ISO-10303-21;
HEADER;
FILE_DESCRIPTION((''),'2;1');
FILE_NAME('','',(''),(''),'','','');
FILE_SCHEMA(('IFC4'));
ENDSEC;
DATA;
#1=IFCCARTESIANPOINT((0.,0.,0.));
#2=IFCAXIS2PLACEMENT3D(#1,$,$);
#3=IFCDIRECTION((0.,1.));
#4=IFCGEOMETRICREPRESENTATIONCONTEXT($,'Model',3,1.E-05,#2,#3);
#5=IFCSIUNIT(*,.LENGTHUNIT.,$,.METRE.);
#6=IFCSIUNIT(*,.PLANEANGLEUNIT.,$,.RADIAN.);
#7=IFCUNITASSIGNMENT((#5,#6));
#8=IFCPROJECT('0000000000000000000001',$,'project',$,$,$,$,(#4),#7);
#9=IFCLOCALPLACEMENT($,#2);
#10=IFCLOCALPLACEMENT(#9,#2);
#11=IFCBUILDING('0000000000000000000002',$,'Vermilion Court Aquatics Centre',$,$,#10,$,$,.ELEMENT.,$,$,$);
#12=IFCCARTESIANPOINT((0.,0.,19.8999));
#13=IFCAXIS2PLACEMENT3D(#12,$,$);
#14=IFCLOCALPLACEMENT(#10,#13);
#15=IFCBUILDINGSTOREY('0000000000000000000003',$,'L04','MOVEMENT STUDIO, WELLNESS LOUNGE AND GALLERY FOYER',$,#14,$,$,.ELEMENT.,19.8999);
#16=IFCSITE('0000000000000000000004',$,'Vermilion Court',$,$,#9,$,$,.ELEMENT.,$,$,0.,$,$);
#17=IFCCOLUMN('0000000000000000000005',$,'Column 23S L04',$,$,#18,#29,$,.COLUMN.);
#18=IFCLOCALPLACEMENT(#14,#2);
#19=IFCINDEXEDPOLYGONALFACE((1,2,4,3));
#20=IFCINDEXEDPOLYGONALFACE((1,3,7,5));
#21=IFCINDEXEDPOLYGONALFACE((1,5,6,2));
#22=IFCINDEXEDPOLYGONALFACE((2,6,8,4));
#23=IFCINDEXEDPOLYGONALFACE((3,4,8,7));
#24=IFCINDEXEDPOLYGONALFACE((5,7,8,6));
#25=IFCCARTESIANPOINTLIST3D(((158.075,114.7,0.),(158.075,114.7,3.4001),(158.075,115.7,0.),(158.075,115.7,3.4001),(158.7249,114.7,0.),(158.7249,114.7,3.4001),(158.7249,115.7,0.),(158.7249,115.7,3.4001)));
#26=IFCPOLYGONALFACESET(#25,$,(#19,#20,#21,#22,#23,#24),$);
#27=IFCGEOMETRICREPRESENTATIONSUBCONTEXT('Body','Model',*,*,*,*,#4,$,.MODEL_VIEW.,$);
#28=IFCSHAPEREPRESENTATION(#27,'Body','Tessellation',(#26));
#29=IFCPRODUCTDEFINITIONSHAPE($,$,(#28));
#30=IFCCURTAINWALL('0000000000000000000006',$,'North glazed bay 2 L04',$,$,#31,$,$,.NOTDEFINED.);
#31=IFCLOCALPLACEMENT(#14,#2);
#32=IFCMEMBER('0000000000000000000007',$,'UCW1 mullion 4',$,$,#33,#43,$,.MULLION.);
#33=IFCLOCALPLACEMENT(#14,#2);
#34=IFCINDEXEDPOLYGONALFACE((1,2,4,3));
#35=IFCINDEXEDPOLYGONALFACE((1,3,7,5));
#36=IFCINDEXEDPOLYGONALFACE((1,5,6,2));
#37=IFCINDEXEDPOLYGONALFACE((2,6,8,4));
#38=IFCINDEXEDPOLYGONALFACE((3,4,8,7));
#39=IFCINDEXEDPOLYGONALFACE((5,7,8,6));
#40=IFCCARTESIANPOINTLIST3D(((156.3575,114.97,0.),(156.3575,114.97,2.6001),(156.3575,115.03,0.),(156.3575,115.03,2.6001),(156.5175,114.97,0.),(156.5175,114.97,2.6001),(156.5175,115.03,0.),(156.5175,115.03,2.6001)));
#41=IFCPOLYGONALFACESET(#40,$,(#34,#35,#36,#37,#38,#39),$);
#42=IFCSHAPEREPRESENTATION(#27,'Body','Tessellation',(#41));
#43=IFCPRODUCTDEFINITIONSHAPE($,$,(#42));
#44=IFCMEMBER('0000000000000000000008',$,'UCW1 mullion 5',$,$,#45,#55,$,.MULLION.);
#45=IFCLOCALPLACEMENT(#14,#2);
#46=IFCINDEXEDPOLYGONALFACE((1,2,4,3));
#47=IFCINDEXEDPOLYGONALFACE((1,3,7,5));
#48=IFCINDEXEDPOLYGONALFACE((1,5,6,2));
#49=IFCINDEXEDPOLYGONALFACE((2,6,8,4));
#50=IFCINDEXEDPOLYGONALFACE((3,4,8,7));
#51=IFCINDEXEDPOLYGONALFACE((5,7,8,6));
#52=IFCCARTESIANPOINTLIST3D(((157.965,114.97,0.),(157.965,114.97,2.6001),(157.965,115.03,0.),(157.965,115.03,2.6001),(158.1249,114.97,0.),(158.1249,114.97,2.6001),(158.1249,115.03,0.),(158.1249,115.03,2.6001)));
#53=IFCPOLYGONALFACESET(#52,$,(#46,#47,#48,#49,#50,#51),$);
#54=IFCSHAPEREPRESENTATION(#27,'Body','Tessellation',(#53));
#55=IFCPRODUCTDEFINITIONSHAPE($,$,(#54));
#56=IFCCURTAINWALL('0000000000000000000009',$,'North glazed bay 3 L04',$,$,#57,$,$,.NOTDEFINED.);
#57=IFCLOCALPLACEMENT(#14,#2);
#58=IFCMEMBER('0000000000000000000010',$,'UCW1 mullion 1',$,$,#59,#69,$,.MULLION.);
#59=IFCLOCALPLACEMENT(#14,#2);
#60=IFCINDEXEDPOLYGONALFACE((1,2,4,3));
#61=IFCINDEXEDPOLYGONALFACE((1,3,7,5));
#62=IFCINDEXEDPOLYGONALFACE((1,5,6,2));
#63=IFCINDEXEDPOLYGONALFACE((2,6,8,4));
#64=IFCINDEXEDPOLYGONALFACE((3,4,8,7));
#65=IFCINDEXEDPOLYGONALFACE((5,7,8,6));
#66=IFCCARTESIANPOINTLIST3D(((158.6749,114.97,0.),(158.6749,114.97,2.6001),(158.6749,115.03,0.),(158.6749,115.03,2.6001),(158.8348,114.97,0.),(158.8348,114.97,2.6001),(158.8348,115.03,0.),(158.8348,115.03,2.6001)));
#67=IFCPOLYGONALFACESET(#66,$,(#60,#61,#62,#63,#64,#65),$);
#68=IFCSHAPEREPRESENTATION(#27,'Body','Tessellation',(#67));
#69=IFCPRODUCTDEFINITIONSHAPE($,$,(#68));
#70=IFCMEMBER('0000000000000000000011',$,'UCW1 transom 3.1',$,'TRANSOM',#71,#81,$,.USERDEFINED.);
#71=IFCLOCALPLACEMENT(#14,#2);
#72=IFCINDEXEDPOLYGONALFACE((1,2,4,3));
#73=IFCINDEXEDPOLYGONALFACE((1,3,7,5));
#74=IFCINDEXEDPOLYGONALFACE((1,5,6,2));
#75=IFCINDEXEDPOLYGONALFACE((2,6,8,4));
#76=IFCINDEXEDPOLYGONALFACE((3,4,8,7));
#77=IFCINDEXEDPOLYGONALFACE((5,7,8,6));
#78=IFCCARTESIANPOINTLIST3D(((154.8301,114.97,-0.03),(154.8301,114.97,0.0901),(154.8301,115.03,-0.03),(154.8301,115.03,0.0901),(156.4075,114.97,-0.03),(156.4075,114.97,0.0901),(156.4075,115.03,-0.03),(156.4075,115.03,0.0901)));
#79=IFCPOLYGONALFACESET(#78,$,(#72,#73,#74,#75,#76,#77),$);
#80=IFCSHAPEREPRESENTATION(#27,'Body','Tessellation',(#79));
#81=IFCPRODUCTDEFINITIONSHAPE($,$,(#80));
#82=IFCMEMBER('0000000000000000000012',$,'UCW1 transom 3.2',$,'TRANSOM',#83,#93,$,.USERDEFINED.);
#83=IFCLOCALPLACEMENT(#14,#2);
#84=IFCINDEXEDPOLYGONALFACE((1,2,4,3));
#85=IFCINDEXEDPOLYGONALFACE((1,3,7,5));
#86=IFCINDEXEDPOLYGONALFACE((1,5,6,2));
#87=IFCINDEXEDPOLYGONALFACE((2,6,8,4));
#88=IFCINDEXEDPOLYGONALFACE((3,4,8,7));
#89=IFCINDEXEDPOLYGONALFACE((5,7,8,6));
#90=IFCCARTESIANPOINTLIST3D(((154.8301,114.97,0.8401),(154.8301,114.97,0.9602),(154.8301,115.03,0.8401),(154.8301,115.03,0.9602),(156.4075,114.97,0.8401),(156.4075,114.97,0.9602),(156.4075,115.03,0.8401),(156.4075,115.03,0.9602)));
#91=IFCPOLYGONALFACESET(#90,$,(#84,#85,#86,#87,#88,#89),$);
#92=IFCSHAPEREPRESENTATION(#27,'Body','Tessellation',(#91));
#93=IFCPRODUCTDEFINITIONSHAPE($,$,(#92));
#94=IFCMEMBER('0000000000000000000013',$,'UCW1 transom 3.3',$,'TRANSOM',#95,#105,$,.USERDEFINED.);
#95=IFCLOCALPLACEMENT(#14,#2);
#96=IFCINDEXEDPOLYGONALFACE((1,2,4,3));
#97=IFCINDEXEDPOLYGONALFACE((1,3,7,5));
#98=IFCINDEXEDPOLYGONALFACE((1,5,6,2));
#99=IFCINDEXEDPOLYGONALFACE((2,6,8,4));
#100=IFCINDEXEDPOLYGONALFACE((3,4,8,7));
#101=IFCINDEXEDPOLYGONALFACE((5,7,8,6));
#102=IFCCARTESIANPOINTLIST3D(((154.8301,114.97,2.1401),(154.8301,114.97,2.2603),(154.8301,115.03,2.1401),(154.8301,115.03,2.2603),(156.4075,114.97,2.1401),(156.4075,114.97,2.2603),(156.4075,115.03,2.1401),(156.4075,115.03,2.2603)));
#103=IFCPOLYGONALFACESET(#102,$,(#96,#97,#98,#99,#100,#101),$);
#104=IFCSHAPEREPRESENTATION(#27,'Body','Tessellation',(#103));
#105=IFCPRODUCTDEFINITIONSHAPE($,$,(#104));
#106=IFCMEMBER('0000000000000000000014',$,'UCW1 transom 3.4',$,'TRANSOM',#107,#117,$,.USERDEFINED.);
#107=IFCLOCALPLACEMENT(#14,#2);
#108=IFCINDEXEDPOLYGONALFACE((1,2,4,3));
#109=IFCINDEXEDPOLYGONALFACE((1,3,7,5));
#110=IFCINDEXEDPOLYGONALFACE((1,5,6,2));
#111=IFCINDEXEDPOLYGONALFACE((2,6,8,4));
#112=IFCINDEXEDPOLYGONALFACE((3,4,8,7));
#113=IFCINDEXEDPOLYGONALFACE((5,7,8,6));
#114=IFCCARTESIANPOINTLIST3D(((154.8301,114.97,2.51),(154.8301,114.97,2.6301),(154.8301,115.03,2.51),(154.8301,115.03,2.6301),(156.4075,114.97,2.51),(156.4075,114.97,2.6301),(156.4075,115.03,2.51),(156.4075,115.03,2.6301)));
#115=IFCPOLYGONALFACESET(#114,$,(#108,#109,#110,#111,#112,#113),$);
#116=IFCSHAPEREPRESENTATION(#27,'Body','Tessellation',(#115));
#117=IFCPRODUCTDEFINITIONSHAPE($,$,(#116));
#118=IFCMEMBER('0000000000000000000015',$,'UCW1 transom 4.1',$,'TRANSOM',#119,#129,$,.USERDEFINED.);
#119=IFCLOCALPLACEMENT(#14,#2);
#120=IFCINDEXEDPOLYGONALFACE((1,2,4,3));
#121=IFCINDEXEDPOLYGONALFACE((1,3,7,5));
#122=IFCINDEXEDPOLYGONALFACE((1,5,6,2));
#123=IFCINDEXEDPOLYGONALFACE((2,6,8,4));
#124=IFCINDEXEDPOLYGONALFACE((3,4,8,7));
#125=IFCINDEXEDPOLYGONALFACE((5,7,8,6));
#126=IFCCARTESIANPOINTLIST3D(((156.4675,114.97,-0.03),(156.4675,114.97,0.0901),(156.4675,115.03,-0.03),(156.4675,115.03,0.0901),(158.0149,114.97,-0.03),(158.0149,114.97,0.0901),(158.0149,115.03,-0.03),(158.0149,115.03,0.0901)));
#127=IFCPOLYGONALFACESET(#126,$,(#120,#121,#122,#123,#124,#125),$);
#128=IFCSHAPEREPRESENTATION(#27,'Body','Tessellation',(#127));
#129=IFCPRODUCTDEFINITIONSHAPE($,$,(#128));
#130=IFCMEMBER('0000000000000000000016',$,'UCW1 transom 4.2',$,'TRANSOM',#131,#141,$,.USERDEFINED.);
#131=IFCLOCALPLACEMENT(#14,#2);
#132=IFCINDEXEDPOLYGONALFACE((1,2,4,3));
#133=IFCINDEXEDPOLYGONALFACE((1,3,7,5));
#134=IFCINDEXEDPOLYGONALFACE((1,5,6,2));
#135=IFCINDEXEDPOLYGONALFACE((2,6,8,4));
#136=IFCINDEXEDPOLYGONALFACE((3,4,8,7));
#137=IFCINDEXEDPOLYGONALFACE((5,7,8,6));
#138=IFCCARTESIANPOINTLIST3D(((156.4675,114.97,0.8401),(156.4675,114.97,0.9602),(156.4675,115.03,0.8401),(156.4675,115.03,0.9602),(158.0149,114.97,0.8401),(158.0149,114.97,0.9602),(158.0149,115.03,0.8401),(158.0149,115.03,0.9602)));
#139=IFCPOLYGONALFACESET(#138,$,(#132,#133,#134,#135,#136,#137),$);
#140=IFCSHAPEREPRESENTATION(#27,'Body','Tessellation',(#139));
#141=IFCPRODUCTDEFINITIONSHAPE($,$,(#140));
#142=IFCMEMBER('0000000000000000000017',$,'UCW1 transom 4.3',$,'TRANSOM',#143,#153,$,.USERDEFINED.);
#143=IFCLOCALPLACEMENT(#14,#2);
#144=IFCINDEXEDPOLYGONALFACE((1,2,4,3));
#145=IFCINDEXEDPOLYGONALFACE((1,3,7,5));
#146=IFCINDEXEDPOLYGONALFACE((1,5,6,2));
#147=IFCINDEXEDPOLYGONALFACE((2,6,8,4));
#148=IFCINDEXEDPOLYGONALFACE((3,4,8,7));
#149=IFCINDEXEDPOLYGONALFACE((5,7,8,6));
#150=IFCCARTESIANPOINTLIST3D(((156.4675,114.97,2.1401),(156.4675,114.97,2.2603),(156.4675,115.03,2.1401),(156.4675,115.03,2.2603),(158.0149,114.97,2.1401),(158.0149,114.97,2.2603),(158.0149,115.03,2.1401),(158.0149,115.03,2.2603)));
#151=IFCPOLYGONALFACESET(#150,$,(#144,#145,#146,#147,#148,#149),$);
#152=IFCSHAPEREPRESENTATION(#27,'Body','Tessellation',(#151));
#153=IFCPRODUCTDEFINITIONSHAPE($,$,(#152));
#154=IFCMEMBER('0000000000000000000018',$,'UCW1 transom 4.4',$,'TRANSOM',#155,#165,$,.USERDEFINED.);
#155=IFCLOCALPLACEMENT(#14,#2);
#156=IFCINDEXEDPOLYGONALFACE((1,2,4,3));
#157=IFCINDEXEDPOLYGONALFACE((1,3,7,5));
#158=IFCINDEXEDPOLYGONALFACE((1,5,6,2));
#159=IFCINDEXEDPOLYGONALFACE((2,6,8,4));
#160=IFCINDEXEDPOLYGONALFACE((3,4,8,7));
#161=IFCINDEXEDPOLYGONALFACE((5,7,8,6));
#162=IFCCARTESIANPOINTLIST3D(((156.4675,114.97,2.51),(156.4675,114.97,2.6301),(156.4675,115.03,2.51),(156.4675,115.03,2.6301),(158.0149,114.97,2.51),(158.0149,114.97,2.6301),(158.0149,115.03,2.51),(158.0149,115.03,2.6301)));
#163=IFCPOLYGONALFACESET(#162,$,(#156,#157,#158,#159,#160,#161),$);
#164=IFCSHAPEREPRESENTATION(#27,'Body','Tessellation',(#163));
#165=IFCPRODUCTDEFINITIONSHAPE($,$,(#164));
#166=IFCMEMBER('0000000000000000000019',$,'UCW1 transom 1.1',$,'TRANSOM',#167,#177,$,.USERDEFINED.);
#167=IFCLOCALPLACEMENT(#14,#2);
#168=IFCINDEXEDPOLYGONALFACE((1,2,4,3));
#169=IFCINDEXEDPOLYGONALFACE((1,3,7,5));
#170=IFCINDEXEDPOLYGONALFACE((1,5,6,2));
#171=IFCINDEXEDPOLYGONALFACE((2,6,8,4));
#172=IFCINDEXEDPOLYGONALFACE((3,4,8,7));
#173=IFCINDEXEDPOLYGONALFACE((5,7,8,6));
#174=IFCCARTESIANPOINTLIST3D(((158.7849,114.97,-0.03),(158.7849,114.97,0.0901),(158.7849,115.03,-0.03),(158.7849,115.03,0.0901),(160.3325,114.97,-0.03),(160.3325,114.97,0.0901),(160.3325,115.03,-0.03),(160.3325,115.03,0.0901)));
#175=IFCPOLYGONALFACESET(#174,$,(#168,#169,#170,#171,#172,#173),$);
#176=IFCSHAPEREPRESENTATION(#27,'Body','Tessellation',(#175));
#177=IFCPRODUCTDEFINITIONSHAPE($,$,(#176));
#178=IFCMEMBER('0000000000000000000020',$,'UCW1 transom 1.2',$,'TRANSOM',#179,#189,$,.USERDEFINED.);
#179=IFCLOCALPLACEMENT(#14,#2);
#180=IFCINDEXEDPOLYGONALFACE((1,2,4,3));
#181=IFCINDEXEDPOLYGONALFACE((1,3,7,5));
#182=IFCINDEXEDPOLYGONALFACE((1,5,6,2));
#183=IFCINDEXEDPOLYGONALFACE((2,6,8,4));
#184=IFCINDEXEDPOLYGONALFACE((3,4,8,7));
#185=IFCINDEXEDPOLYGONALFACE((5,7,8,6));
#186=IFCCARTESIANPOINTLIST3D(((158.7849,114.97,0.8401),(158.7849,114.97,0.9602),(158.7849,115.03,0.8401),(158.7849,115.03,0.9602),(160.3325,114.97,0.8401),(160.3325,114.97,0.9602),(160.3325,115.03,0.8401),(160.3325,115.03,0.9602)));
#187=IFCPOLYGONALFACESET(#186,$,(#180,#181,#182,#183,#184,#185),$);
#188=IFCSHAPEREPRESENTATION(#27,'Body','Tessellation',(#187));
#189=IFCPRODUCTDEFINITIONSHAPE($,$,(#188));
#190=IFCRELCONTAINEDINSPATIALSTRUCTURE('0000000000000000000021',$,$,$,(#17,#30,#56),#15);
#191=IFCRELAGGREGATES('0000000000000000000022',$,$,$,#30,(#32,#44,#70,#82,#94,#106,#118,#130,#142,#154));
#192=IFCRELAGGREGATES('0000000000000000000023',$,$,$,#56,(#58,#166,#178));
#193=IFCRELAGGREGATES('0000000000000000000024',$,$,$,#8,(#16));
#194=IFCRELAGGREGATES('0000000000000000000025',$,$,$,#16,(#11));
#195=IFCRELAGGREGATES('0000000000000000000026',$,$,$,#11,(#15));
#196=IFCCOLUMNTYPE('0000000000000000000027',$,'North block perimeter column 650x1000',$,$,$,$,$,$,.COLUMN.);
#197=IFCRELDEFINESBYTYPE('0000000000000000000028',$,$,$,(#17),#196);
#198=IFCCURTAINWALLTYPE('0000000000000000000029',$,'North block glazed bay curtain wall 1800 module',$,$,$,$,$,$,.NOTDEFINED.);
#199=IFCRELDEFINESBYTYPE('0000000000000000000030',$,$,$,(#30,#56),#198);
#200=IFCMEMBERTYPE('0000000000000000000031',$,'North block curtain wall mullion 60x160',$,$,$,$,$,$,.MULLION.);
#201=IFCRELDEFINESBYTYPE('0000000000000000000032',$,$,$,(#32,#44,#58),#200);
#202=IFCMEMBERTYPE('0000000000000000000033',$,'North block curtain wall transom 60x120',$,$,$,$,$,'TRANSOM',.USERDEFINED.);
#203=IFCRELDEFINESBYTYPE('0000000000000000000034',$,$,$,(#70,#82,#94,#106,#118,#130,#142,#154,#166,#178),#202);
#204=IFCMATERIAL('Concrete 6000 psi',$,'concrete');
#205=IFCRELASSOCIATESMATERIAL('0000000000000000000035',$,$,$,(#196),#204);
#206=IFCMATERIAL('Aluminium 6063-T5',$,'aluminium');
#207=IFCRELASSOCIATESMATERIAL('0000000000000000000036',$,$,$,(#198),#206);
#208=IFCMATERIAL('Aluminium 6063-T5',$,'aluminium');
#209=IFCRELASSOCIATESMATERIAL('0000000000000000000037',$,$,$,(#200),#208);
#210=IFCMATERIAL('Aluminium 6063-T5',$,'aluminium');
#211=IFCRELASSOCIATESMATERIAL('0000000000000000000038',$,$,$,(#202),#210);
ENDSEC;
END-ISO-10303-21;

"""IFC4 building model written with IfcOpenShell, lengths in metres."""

from ifc_helpers import new_model, si_unit, direction, frame, origin, origin_2d, place, context, subcontext, project, spatial, rectangle, extrude, material, material_profile, profile_set, type_object, element, aggregate, save


model = new_model("IFC4")

# Units and contexts
model_context = context("Model", 3, precision=1e-05, world=origin(), true_north=direction((0.0, 1.0)))
body_context = subcontext(model_context, "Body", "Model", "MODEL_VIEW")
ifc_project = project(units=[si_unit("LENGTHUNIT", "METRE"), si_unit("PLANEANGLEUNIT", "RADIAN")], contexts=[model_context])

# Site, building, storey
site_placement = place(None, origin())
site = spatial("IfcSite", under=ifc_project, at=site_placement, Name="Vermilion Court", CompositionType="ELEMENT", RefElevation=0.0)
building_placement = place(site_placement, origin())
building = spatial("IfcBuilding", under=site, at=building_placement, Name="Vermilion Court Aquatics Centre", CompositionType="ELEMENT")
storey_placement = place(building_placement, frame((0.0, 0.0, 19.8999)))
storey = spatial("IfcBuildingStorey", under=building, at=storey_placement, Name="L04", Description="MOVEMENT STUDIO, WELLNESS LOUNGE AND GALLERY FOYER", CompositionType="ELEMENT", Elevation=19.8999)

# Column
ifc_material_1 = material(Name="Concrete 6000 psi", Category="concrete")
ifc_material_profile_1 = material_profile(ifc_material_1, rectangle(XDim=0.6499, YDim=1.0, at=origin_2d()), Name="RC 650x1000")
ifc_profile_set_1 = profile_set([ifc_material_profile_1], Name="Concrete 6000 psi")
column_type = type_object("IfcColumnType", Name="North block perimeter column 650x1000", PredefinedType="COLUMN", material=ifc_profile_set_1)
column_placement = place(storey_placement, frame((158.3999, 115.2, 0.0), z_axis=(0.0, 0.0, 1.0), x_axis=(1.0, 0.0, 0.0)))
element("IfcColumn", 1, at=column_placement, inside=storey, type_object=column_type, Name="Column 23S L04", PredefinedType="COLUMN", context=body_context, shape_type="SweptSolid", body=[
    extrude(rectangle(XDim=0.6499, YDim=1.0, at=origin_2d()), origin(), (0.0, 0.0, 1.0), 3.4001),
])

# Curtain wall, members
ifc_material_2 = material(Name="Aluminium 6063-T5", Category="aluminium")
curtain_wall_type = type_object("IfcCurtainWallType", Name="North block glazed bay curtain wall 1800 module", PredefinedType="NOTDEFINED", material=ifc_material_2)
curtain_wall_1_placement = place(storey_placement, origin())
curtain_wall_1 = element("IfcCurtainWall", 2, at=curtain_wall_1_placement, inside=storey, type_object=curtain_wall_type, Name="North glazed bay 2 L04", PredefinedType="NOTDEFINED")
ifc_material_3 = material(Name="Aluminium 6063-T5", Category="aluminium")
ifc_material_profile_2 = material_profile(ifc_material_3, rectangle(XDim=0.0601, YDim=0.1599, at=origin_2d()), Name="AL 60x160")
ifc_profile_set_2 = profile_set([ifc_material_profile_2], Name="Aluminium 6063-T5")
member_type_1 = type_object("IfcMemberType", Name="North block curtain wall mullion 60x160", PredefinedType="MULLION", material=ifc_profile_set_2)
member_1_placement = place(storey_placement, frame((156.4375, 115.0, 0.0), z_axis=(0.0, 0.0, 1.0), x_axis=(0.0, 1.0, 0.0)))
member_1 = element("IfcMember", 3, at=member_1_placement, type_object=member_type_1, Name="UCW1 mullion 4", PredefinedType="MULLION", context=body_context, shape_type="SweptSolid", body=[
    extrude(rectangle(XDim=0.0601, YDim=0.1599, at=origin_2d()), origin(), (0.0, 0.0, 1.0), 2.6001),
])
member_2_placement = place(storey_placement, frame((158.0449, 115.0, 0.0), z_axis=(0.0, 0.0, 1.0), x_axis=(0.0, 1.0, 0.0)))
member_2 = element("IfcMember", 4, at=member_2_placement, type_object=member_type_1, Name="UCW1 mullion 5", PredefinedType="MULLION", context=body_context, shape_type="SweptSolid", body=[
    extrude(rectangle(XDim=0.0601, YDim=0.1599, at=origin_2d()), origin(), (0.0, 0.0, 1.0), 2.6001),
])

# Curtain wall, member
curtain_wall_2_placement = place(storey_placement, origin())
curtain_wall_2 = element("IfcCurtainWall", 5, at=curtain_wall_2_placement, inside=storey, type_object=curtain_wall_type, Name="North glazed bay 3 L04", PredefinedType="NOTDEFINED")
member_3_placement = place(storey_placement, frame((158.7549, 115.0, 0.0), z_axis=(0.0, 0.0, 1.0), x_axis=(0.0, 1.0, 0.0)))
member_3 = element("IfcMember", 6, at=member_3_placement, type_object=member_type_1, Name="UCW1 mullion 1", PredefinedType="MULLION", context=body_context, shape_type="SweptSolid", body=[
    extrude(rectangle(XDim=0.0601, YDim=0.1599, at=origin_2d()), origin(), (0.0, 0.0, 1.0), 2.6001),
])

# Members
ifc_material_4 = material(Name="Aluminium 6063-T5", Category="aluminium")
ifc_material_profile_3 = material_profile(ifc_material_4, rectangle(XDim=0.0601, YDim=0.1201, at=origin_2d()), Name="AL 60x120")
ifc_profile_set_3 = profile_set([ifc_material_profile_3], Name="Aluminium 6063-T5")
member_type_2 = type_object("IfcMemberType", Name="North block curtain wall transom 60x120", ElementType="TRANSOM", PredefinedType="USERDEFINED", material=ifc_profile_set_3)
member_4_placement = place(storey_placement, frame((154.8301, 115.0, 0.03), z_axis=(1.0, 0.0, 0.0), x_axis=(0.0, 1.0, 0.0)))
member_4 = element("IfcMember", 7, at=member_4_placement, type_object=member_type_2, Name="UCW1 transom 3.1", ObjectType="TRANSOM", PredefinedType="USERDEFINED", context=body_context, shape_type="SweptSolid", body=[
    extrude(rectangle(XDim=0.0601, YDim=0.1201, at=origin_2d()), origin(), (0.0, 0.0, 1.0), 1.5774),
])
member_5_placement = place(storey_placement, frame((154.8301, 115.0, 0.9001), z_axis=(1.0, 0.0, 0.0), x_axis=(0.0, 1.0, 0.0)))
member_5 = element("IfcMember", 8, at=member_5_placement, type_object=member_type_2, Name="UCW1 transom 3.2", ObjectType="TRANSOM", PredefinedType="USERDEFINED", context=body_context, shape_type="SweptSolid", body=[
    extrude(rectangle(XDim=0.0601, YDim=0.1201, at=origin_2d()), origin(), (0.0, 0.0, 1.0), 1.5774),
])
member_6_placement = place(storey_placement, frame((154.8301, 115.0, 2.2002), z_axis=(1.0, 0.0, 0.0), x_axis=(0.0, 1.0, 0.0)))
member_6 = element("IfcMember", 9, at=member_6_placement, type_object=member_type_2, Name="UCW1 transom 3.3", ObjectType="TRANSOM", PredefinedType="USERDEFINED", context=body_context, shape_type="SweptSolid", body=[
    extrude(rectangle(XDim=0.0601, YDim=0.1201, at=origin_2d()), origin(), (0.0, 0.0, 1.0), 1.5774),
])
member_7_placement = place(storey_placement, frame((154.8301, 115.0, 2.5701), z_axis=(1.0, 0.0, 0.0), x_axis=(0.0, 1.0, 0.0)))
member_7 = element("IfcMember", 10, at=member_7_placement, type_object=member_type_2, Name="UCW1 transom 3.4", ObjectType="TRANSOM", PredefinedType="USERDEFINED", context=body_context, shape_type="SweptSolid", body=[
    extrude(rectangle(XDim=0.0601, YDim=0.1201, at=origin_2d()), origin(), (0.0, 0.0, 1.0), 1.5774),
])
member_8_placement = place(storey_placement, frame((156.4675, 115.0, 0.03), z_axis=(1.0, 0.0, 0.0), x_axis=(0.0, 1.0, 0.0)))
member_8 = element("IfcMember", 11, at=member_8_placement, type_object=member_type_2, Name="UCW1 transom 4.1", ObjectType="TRANSOM", PredefinedType="USERDEFINED", context=body_context, shape_type="SweptSolid", body=[
    extrude(rectangle(XDim=0.0601, YDim=0.1201, at=origin_2d()), origin(), (0.0, 0.0, 1.0), 1.5474),
])
member_9_placement = place(storey_placement, frame((156.4675, 115.0, 0.9001), z_axis=(1.0, 0.0, 0.0), x_axis=(0.0, 1.0, 0.0)))
member_9 = element("IfcMember", 12, at=member_9_placement, type_object=member_type_2, Name="UCW1 transom 4.2", ObjectType="TRANSOM", PredefinedType="USERDEFINED", context=body_context, shape_type="SweptSolid", body=[
    extrude(rectangle(XDim=0.0601, YDim=0.1201, at=origin_2d()), origin(), (0.0, 0.0, 1.0), 1.5474),
])
member_10_placement = place(storey_placement, frame((156.4675, 115.0, 2.2002), z_axis=(1.0, 0.0, 0.0), x_axis=(0.0, 1.0, 0.0)))
member_10 = element("IfcMember", 13, at=member_10_placement, type_object=member_type_2, Name="UCW1 transom 4.3", ObjectType="TRANSOM", PredefinedType="USERDEFINED", context=body_context, shape_type="SweptSolid", body=[
    extrude(rectangle(XDim=0.0601, YDim=0.1201, at=origin_2d()), origin(), (0.0, 0.0, 1.0), 1.5474),
])
member_11_placement = place(storey_placement, frame((156.4675, 115.0, 2.5701), z_axis=(1.0, 0.0, 0.0), x_axis=(0.0, 1.0, 0.0)))
member_11 = element("IfcMember", 14, at=member_11_placement, type_object=member_type_2, Name="UCW1 transom 4.4", ObjectType="TRANSOM", PredefinedType="USERDEFINED", context=body_context, shape_type="SweptSolid", body=[
    extrude(rectangle(XDim=0.0601, YDim=0.1201, at=origin_2d()), origin(), (0.0, 0.0, 1.0), 1.5474),
])
member_12_placement = place(storey_placement, frame((158.7849, 115.0, 0.03), z_axis=(1.0, 0.0, 0.0), x_axis=(0.0, 1.0, 0.0)))
member_12 = element("IfcMember", 15, at=member_12_placement, type_object=member_type_2, Name="UCW1 transom 1.1", ObjectType="TRANSOM", PredefinedType="USERDEFINED", context=body_context, shape_type="SweptSolid", body=[
    extrude(rectangle(XDim=0.0601, YDim=0.1201, at=origin_2d()), origin(), (0.0, 0.0, 1.0), 1.5476),
])
member_13_placement = place(storey_placement, frame((158.7849, 115.0, 0.9001), z_axis=(1.0, 0.0, 0.0), x_axis=(0.0, 1.0, 0.0)))
member_13 = element("IfcMember", 16, at=member_13_placement, type_object=member_type_2, Name="UCW1 transom 1.2", ObjectType="TRANSOM", PredefinedType="USERDEFINED", context=body_context, shape_type="SweptSolid", body=[
    extrude(rectangle(XDim=0.0601, YDim=0.1201, at=origin_2d()), origin(), (0.0, 0.0, 1.0), 1.5476),
])

aggregate(curtain_wall_1, [member_1, member_2, member_4, member_5, member_6, member_7, member_8, member_9, member_10, member_11])
aggregate(curtain_wall_2, [member_3, member_12, member_13])

save(model, "model.ifc")
